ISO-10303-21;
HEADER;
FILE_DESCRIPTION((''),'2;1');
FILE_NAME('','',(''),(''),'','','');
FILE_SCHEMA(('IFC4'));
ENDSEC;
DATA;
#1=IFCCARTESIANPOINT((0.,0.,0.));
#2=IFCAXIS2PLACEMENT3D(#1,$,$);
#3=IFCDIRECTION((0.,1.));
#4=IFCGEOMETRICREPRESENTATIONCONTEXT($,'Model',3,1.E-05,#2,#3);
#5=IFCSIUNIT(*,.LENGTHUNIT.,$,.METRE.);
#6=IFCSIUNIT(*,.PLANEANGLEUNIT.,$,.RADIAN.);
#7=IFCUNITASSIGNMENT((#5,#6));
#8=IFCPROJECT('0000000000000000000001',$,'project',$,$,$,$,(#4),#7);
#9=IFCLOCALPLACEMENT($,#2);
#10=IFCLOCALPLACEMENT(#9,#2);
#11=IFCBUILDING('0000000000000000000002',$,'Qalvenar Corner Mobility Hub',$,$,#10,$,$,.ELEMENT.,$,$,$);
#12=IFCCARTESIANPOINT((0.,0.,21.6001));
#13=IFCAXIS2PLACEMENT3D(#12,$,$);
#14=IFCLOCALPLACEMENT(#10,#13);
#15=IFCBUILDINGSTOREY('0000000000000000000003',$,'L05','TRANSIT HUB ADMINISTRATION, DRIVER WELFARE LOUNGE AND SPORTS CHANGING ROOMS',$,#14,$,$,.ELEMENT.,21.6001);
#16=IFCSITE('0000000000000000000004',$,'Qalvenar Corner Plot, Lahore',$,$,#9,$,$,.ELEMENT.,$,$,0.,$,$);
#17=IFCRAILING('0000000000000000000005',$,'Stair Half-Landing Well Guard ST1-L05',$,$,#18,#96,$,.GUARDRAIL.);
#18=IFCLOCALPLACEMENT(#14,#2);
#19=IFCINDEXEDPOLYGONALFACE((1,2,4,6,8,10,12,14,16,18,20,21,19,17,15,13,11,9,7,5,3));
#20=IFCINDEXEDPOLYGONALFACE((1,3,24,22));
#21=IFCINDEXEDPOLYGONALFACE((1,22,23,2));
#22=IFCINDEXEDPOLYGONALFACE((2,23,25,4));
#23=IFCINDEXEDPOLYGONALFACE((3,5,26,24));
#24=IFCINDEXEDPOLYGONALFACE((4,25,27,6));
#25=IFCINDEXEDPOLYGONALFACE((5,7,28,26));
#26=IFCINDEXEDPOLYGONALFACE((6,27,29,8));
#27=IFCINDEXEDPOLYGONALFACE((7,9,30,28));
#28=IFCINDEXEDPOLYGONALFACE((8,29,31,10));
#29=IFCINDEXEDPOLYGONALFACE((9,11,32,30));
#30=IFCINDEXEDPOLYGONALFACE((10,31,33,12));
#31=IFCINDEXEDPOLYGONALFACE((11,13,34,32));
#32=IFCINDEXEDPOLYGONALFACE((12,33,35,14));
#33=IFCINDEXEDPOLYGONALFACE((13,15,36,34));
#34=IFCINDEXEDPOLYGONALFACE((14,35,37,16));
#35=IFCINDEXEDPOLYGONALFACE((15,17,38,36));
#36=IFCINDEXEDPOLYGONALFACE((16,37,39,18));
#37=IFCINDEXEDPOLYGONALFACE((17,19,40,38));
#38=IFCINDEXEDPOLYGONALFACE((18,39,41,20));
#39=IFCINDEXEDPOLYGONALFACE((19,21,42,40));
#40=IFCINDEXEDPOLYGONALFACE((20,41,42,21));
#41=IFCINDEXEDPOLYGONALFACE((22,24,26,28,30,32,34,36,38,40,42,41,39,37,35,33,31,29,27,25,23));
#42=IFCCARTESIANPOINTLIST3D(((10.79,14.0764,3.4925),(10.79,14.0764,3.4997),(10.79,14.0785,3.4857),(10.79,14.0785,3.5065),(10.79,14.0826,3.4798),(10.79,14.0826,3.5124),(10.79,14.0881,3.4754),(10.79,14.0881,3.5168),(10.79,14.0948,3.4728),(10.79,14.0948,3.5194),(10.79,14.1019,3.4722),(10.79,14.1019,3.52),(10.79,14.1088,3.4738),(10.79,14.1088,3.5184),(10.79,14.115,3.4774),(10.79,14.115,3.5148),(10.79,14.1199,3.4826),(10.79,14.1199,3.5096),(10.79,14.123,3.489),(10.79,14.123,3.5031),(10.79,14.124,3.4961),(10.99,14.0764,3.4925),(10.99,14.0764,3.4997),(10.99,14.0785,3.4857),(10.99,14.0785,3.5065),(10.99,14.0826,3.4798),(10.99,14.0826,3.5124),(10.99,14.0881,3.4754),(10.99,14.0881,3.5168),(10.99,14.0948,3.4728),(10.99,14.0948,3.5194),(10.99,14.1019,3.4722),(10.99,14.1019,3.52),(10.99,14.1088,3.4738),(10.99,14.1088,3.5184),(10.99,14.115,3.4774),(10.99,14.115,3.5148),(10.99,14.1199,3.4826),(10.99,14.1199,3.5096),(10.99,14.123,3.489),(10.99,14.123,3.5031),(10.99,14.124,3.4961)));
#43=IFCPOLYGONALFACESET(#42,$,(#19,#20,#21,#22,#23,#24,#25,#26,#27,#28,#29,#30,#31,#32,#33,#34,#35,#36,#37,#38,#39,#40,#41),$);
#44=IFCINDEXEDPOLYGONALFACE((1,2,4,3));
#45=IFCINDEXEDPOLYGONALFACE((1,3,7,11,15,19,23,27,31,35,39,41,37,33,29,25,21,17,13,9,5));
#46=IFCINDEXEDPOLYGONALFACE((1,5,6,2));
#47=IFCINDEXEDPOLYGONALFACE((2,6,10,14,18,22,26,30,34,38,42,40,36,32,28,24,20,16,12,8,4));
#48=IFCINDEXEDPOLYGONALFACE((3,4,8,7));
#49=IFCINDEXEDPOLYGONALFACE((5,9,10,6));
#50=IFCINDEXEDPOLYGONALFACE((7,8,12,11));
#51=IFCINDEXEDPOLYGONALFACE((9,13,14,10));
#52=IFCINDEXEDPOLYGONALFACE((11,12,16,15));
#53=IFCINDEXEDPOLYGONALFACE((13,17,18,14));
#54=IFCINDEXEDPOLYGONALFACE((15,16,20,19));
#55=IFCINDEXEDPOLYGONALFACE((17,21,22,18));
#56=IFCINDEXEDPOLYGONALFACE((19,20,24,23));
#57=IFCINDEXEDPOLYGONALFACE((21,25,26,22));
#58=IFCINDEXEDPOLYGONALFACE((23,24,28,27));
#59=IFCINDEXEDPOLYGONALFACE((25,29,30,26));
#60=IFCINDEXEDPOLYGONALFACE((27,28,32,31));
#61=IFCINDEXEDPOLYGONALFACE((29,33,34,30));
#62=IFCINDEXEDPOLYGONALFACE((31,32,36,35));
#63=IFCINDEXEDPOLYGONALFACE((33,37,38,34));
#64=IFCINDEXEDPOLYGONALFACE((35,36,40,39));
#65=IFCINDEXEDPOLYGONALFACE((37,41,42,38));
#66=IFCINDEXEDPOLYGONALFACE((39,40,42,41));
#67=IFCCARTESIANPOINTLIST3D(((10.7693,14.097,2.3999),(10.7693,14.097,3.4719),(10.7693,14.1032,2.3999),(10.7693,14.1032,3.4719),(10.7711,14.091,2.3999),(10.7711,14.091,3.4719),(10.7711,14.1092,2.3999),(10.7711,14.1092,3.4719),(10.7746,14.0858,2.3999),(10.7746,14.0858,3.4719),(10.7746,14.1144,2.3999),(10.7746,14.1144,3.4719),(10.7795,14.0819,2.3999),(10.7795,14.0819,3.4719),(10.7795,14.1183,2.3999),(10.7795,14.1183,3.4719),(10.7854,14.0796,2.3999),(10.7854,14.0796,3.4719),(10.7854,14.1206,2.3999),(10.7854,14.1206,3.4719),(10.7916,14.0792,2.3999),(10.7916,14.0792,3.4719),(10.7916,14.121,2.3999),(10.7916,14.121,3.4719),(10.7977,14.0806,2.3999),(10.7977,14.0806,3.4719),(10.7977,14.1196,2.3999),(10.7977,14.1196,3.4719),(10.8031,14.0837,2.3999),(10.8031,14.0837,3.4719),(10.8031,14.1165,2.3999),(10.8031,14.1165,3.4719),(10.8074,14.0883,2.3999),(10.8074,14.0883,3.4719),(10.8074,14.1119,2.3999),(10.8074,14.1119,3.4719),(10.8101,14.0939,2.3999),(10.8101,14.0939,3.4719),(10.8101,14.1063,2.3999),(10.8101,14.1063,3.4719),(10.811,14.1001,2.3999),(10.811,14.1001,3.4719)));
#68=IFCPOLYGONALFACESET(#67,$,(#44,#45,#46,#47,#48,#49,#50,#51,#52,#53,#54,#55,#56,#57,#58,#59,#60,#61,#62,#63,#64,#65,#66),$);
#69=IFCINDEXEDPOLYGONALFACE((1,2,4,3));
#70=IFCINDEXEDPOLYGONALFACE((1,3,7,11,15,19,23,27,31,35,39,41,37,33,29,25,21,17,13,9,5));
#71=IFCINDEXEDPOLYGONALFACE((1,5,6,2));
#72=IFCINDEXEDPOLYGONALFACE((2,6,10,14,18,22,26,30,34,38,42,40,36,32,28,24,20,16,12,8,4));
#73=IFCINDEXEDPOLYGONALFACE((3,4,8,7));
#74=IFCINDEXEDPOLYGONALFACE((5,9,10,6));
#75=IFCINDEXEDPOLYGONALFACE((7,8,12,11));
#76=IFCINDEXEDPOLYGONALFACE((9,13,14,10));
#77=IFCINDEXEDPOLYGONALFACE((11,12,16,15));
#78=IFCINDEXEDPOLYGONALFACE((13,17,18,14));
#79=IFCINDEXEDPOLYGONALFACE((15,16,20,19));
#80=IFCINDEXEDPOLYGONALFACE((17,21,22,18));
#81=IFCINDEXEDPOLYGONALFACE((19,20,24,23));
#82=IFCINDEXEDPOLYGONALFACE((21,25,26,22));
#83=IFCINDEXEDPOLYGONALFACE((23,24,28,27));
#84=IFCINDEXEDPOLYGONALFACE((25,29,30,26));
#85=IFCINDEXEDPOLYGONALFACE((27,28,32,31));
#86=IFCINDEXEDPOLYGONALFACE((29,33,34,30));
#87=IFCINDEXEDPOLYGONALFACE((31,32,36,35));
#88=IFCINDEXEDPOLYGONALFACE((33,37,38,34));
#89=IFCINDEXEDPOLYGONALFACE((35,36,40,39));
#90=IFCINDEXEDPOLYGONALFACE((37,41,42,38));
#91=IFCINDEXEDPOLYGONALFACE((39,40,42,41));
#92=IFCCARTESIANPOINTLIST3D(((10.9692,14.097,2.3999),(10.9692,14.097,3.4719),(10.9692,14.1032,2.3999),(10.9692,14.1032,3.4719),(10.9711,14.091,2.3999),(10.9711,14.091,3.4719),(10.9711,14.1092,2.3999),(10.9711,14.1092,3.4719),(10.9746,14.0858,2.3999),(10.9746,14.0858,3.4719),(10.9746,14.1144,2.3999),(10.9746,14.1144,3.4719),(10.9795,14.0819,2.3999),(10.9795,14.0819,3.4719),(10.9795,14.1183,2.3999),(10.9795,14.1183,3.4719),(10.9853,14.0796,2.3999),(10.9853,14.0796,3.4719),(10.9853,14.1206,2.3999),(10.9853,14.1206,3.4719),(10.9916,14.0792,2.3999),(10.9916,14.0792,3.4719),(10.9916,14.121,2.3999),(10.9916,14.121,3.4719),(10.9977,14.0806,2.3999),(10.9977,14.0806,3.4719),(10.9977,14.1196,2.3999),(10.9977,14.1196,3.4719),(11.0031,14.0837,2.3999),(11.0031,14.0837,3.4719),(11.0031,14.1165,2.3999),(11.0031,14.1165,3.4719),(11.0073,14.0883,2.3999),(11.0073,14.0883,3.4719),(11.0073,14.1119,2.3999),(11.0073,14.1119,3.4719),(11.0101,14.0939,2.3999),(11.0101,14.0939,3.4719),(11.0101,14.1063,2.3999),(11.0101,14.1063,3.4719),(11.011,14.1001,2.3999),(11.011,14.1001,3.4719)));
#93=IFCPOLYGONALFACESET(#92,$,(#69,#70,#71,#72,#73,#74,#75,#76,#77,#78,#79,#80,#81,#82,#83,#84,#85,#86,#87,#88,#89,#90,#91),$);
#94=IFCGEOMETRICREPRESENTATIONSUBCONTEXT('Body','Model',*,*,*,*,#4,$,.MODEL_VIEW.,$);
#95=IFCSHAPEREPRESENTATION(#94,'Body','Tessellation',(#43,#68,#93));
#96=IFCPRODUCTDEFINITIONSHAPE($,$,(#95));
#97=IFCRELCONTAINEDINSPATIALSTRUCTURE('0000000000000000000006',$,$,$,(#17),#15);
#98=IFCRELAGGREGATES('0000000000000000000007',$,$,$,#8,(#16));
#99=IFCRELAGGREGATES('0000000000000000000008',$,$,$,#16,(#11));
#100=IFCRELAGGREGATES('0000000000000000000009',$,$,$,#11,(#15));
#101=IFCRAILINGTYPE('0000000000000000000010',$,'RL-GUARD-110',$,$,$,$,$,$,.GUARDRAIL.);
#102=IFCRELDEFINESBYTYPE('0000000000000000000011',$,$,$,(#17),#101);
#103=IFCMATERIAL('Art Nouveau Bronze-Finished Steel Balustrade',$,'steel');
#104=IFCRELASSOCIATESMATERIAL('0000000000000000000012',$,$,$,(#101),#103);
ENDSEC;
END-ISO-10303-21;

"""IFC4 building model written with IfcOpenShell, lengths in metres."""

from ifc_helpers import new_model, si_unit, direction, frame, origin, origin_2d, place, context, subcontext, project, spatial, circle, extrude, material, type_object, element, save


model = new_model("IFC4")

# Units and contexts
model_context = context("Model", 3, precision=1e-05, world=origin(), true_north=direction((0.0, 1.0)))
body_context = subcontext(model_context, "Body", "Model", "MODEL_VIEW")
ifc_project = project(units=[si_unit("LENGTHUNIT", "METRE"), si_unit("PLANEANGLEUNIT", "RADIAN")], contexts=[model_context])

# Site, building, storey
site_placement = place(None, origin())
site = spatial("IfcSite", under=ifc_project, at=site_placement, Name="Qalvenar Corner Plot, Lahore", CompositionType="ELEMENT", RefElevation=0.0)
building_placement = place(site_placement, origin())
building = spatial("IfcBuilding", under=site, at=building_placement, Name="Qalvenar Corner Mobility Hub", CompositionType="ELEMENT")
storey_placement = place(building_placement, frame((0.0, 0.0, 21.6001)))
storey = spatial("IfcBuildingStorey", under=building, at=storey_placement, Name="L05", Description="TRANSIT HUB ADMINISTRATION, DRIVER WELFARE LOUNGE AND SPORTS CHANGING ROOMS", CompositionType="ELEMENT", Elevation=21.6001)

# Railing
ifc_material_1 = material(Name="Art Nouveau Bronze-Finished Steel Balustrade", Category="steel")
railing_type_1 = type_object("IfcRailingType", Name="RL-GUARD-110", PredefinedType="GUARDRAIL", material=ifc_material_1)
for number, where, name in (
    (1, (10.79, 14.1001, 2.3999), "Stair Half-Landing Well Guard ST1-L05"),
):
    element("IfcRailing", number, at=place(storey_placement, frame(where)), inside=storey, type_object=railing_type_1, Name=name, PredefinedType="GUARDRAIL", context=body_context, shape_type="SweptSolid", body=[
        extrude(circle(Radius=0.0239, at=origin_2d()), frame((0.0, 0.0, 1.0962), z_axis=(1.0, 0.0, 0.0), x_axis=(0.0, 1.0, 0.0)), (0.0, 0.0, 1.0), 0.2),
        extrude(circle(Radius=0.021, at=origin_2d()), origin(), (0.0, 0.0, 1.0), 1.072),
        extrude(circle(Radius=0.021, at=origin_2d()), frame((0.2, 0.0, 0.0)), (0.0, 0.0, 1.0), 1.072),
    ])

save(model, "model.ifc")
